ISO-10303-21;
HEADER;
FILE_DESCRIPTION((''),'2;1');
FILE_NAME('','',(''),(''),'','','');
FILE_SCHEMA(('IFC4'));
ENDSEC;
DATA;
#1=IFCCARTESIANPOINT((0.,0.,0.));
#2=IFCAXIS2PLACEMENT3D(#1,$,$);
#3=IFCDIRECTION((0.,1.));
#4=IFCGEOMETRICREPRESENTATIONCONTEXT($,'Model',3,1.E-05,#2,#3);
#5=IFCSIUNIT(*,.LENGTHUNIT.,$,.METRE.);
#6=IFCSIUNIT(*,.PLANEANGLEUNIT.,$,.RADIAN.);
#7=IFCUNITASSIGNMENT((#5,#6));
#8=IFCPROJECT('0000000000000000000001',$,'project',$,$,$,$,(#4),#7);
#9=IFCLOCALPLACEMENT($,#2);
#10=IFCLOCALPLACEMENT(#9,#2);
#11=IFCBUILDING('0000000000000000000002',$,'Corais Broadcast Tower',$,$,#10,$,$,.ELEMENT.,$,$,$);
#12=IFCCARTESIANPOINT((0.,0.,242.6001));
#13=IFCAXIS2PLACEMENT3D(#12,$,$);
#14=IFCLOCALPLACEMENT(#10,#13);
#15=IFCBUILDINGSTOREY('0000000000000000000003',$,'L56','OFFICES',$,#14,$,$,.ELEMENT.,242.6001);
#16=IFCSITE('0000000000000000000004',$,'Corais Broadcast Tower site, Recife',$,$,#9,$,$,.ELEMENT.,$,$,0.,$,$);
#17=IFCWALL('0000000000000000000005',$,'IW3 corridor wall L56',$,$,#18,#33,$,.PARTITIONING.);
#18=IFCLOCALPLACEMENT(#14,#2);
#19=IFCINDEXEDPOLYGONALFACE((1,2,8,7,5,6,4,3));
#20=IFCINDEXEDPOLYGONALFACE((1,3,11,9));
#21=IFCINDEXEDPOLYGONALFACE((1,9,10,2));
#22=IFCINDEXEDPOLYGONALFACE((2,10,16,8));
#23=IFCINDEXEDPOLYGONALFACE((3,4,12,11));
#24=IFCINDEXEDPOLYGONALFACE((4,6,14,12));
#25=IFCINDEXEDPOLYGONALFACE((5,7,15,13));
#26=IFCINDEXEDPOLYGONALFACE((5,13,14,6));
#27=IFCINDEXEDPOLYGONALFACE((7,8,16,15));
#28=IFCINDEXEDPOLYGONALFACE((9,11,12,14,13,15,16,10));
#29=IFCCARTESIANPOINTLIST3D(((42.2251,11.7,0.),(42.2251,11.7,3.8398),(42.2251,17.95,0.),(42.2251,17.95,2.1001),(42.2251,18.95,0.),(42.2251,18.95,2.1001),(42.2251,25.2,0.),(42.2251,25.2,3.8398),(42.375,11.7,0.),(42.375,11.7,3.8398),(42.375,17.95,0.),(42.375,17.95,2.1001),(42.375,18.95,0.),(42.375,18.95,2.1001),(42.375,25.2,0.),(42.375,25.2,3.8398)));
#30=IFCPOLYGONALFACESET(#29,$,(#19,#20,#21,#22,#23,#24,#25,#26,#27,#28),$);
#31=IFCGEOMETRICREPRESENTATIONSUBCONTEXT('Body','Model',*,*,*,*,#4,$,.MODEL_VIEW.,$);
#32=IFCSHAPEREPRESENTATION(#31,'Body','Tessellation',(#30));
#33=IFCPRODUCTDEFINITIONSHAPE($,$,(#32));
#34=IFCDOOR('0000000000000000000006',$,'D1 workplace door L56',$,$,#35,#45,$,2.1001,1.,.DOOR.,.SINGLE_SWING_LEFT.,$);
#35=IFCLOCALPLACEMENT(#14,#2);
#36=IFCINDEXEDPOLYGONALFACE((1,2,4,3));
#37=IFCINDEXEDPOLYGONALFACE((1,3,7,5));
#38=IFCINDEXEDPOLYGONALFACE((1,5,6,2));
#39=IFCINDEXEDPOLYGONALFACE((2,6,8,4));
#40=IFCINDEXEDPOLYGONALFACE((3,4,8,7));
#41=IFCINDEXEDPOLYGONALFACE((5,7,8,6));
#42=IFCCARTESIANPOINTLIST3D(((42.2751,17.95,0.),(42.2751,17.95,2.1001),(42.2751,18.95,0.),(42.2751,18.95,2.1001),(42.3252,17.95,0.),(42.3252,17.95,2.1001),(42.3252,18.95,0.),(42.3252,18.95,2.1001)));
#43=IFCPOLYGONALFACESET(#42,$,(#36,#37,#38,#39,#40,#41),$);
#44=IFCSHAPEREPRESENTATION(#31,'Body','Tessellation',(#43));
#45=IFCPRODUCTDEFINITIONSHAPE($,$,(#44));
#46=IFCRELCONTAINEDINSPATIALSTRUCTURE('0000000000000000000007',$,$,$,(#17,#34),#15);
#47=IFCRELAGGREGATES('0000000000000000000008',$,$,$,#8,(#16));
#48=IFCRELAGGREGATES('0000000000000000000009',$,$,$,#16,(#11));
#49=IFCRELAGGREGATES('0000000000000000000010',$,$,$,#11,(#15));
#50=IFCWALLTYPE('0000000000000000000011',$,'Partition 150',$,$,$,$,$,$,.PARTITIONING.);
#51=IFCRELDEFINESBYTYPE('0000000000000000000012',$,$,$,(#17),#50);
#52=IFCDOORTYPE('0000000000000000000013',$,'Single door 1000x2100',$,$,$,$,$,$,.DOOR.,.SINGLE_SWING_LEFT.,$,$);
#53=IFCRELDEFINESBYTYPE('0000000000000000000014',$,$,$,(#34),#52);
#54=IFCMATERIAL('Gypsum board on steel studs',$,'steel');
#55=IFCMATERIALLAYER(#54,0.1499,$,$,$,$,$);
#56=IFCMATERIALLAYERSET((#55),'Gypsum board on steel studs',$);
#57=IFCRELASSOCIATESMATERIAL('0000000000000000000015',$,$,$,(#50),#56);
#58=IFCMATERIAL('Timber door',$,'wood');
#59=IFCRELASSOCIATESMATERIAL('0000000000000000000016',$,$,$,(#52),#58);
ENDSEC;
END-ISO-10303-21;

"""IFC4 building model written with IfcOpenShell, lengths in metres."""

from ifc_helpers import new_model, si_unit, direction, frame, frame_2d, origin, place, context, subcontext, project, spatial, rectangle, extrude, material, layer, layer_set, type_object, element, fill, save


model = new_model("IFC4")

# Units and contexts
model_context = context("Model", 3, precision=1e-05, world=origin(), true_north=direction((0.0, 1.0)))
body_context = subcontext(model_context, "Body", "Model", "MODEL_VIEW")
ifc_project = project(units=[si_unit("LENGTHUNIT", "METRE"), si_unit("PLANEANGLEUNIT", "RADIAN")], contexts=[model_context])

# Site, building, storey
site_placement = place(None, origin())
site = spatial("IfcSite", under=ifc_project, at=site_placement, Name="Corais Broadcast Tower site, Recife", CompositionType="ELEMENT", RefElevation=0.0)
building_placement = place(site_placement, origin())
building = spatial("IfcBuilding", under=site, at=building_placement, Name="Corais Broadcast Tower", CompositionType="ELEMENT")
storey_placement = place(building_placement, frame((0.0, 0.0, 242.6001)))
storey = spatial("IfcBuildingStorey", under=building, at=storey_placement, Name="L56", Description="OFFICES", CompositionType="ELEMENT", Elevation=242.6001)

# Wall, opening, door
ifc_material_1 = material(Name="Gypsum board on steel studs", Category="steel")
ifc_layer_1 = layer(ifc_material_1, 0.1499)
ifc_layer_set_1 = layer_set([ifc_layer_1], Name="Gypsum board on steel studs")
wall_type = type_object("IfcWallType", Name="Partition 150", PredefinedType="PARTITIONING", material=ifc_layer_set_1)
wall_placement = place(storey_placement, frame((42.3, 11.7, 0.0), z_axis=(0.0, 0.0, 1.0), x_axis=(0.0, 1.0, 0.0)))
wall = element("IfcWall", 1, at=wall_placement, inside=storey, type_object=wall_type, Name="IW3 corridor wall L56", PredefinedType="PARTITIONING", context=body_context, shape_type="SweptSolid", body=[
    extrude(rectangle(XDim=13.5, YDim=0.1499, at=frame_2d((6.75, 0.0))), origin(), (0.0, 0.0, 1.0), 3.8398),
])
opening_placement = place(wall_placement, frame((6.25, 0.0, 0.0)))
opening = element("IfcOpeningElement", 2, at=opening_placement, cuts=wall, PredefinedType="OPENING", context=body_context, shape_type="SweptSolid", body=[
    extrude(rectangle(XDim=1.0, YDim=2.1001, at=frame_2d((0.5, 1.05))), frame((0.0, 0.085, 0.0), z_axis=(0.0, -1.0, 0.0), x_axis=(1.0, 0.0, 0.0)), (0.0, 0.0, 1.0), 0.1699),
])
ifc_material_2 = material(Name="Timber door", Category="wood")
door_type = type_object("IfcDoorType", Name="Single door 1000x2100", OperationType="SINGLE_SWING_LEFT", PredefinedType="DOOR", material=ifc_material_2)
door_placement = place(opening_placement, origin())
door = element("IfcDoor", 3, at=door_placement, inside=storey, type_object=door_type, Name="D1 workplace door L56", OperationType="SINGLE_SWING_LEFT", OverallHeight=2.1001, OverallWidth=1.0, PredefinedType="DOOR", context=body_context, shape_type="SweptSolid", body=[
    extrude(rectangle(XDim=1.0, YDim=2.1001, at=frame_2d((0.5, 1.05))), frame((0.0, 0.0249, 0.0), z_axis=(0.0, -1.0, 0.0), x_axis=(1.0, 0.0, 0.0)), (0.0, 0.0, 1.0), 0.05),
])
fill(opening, door)

save(model, "model.ifc")
